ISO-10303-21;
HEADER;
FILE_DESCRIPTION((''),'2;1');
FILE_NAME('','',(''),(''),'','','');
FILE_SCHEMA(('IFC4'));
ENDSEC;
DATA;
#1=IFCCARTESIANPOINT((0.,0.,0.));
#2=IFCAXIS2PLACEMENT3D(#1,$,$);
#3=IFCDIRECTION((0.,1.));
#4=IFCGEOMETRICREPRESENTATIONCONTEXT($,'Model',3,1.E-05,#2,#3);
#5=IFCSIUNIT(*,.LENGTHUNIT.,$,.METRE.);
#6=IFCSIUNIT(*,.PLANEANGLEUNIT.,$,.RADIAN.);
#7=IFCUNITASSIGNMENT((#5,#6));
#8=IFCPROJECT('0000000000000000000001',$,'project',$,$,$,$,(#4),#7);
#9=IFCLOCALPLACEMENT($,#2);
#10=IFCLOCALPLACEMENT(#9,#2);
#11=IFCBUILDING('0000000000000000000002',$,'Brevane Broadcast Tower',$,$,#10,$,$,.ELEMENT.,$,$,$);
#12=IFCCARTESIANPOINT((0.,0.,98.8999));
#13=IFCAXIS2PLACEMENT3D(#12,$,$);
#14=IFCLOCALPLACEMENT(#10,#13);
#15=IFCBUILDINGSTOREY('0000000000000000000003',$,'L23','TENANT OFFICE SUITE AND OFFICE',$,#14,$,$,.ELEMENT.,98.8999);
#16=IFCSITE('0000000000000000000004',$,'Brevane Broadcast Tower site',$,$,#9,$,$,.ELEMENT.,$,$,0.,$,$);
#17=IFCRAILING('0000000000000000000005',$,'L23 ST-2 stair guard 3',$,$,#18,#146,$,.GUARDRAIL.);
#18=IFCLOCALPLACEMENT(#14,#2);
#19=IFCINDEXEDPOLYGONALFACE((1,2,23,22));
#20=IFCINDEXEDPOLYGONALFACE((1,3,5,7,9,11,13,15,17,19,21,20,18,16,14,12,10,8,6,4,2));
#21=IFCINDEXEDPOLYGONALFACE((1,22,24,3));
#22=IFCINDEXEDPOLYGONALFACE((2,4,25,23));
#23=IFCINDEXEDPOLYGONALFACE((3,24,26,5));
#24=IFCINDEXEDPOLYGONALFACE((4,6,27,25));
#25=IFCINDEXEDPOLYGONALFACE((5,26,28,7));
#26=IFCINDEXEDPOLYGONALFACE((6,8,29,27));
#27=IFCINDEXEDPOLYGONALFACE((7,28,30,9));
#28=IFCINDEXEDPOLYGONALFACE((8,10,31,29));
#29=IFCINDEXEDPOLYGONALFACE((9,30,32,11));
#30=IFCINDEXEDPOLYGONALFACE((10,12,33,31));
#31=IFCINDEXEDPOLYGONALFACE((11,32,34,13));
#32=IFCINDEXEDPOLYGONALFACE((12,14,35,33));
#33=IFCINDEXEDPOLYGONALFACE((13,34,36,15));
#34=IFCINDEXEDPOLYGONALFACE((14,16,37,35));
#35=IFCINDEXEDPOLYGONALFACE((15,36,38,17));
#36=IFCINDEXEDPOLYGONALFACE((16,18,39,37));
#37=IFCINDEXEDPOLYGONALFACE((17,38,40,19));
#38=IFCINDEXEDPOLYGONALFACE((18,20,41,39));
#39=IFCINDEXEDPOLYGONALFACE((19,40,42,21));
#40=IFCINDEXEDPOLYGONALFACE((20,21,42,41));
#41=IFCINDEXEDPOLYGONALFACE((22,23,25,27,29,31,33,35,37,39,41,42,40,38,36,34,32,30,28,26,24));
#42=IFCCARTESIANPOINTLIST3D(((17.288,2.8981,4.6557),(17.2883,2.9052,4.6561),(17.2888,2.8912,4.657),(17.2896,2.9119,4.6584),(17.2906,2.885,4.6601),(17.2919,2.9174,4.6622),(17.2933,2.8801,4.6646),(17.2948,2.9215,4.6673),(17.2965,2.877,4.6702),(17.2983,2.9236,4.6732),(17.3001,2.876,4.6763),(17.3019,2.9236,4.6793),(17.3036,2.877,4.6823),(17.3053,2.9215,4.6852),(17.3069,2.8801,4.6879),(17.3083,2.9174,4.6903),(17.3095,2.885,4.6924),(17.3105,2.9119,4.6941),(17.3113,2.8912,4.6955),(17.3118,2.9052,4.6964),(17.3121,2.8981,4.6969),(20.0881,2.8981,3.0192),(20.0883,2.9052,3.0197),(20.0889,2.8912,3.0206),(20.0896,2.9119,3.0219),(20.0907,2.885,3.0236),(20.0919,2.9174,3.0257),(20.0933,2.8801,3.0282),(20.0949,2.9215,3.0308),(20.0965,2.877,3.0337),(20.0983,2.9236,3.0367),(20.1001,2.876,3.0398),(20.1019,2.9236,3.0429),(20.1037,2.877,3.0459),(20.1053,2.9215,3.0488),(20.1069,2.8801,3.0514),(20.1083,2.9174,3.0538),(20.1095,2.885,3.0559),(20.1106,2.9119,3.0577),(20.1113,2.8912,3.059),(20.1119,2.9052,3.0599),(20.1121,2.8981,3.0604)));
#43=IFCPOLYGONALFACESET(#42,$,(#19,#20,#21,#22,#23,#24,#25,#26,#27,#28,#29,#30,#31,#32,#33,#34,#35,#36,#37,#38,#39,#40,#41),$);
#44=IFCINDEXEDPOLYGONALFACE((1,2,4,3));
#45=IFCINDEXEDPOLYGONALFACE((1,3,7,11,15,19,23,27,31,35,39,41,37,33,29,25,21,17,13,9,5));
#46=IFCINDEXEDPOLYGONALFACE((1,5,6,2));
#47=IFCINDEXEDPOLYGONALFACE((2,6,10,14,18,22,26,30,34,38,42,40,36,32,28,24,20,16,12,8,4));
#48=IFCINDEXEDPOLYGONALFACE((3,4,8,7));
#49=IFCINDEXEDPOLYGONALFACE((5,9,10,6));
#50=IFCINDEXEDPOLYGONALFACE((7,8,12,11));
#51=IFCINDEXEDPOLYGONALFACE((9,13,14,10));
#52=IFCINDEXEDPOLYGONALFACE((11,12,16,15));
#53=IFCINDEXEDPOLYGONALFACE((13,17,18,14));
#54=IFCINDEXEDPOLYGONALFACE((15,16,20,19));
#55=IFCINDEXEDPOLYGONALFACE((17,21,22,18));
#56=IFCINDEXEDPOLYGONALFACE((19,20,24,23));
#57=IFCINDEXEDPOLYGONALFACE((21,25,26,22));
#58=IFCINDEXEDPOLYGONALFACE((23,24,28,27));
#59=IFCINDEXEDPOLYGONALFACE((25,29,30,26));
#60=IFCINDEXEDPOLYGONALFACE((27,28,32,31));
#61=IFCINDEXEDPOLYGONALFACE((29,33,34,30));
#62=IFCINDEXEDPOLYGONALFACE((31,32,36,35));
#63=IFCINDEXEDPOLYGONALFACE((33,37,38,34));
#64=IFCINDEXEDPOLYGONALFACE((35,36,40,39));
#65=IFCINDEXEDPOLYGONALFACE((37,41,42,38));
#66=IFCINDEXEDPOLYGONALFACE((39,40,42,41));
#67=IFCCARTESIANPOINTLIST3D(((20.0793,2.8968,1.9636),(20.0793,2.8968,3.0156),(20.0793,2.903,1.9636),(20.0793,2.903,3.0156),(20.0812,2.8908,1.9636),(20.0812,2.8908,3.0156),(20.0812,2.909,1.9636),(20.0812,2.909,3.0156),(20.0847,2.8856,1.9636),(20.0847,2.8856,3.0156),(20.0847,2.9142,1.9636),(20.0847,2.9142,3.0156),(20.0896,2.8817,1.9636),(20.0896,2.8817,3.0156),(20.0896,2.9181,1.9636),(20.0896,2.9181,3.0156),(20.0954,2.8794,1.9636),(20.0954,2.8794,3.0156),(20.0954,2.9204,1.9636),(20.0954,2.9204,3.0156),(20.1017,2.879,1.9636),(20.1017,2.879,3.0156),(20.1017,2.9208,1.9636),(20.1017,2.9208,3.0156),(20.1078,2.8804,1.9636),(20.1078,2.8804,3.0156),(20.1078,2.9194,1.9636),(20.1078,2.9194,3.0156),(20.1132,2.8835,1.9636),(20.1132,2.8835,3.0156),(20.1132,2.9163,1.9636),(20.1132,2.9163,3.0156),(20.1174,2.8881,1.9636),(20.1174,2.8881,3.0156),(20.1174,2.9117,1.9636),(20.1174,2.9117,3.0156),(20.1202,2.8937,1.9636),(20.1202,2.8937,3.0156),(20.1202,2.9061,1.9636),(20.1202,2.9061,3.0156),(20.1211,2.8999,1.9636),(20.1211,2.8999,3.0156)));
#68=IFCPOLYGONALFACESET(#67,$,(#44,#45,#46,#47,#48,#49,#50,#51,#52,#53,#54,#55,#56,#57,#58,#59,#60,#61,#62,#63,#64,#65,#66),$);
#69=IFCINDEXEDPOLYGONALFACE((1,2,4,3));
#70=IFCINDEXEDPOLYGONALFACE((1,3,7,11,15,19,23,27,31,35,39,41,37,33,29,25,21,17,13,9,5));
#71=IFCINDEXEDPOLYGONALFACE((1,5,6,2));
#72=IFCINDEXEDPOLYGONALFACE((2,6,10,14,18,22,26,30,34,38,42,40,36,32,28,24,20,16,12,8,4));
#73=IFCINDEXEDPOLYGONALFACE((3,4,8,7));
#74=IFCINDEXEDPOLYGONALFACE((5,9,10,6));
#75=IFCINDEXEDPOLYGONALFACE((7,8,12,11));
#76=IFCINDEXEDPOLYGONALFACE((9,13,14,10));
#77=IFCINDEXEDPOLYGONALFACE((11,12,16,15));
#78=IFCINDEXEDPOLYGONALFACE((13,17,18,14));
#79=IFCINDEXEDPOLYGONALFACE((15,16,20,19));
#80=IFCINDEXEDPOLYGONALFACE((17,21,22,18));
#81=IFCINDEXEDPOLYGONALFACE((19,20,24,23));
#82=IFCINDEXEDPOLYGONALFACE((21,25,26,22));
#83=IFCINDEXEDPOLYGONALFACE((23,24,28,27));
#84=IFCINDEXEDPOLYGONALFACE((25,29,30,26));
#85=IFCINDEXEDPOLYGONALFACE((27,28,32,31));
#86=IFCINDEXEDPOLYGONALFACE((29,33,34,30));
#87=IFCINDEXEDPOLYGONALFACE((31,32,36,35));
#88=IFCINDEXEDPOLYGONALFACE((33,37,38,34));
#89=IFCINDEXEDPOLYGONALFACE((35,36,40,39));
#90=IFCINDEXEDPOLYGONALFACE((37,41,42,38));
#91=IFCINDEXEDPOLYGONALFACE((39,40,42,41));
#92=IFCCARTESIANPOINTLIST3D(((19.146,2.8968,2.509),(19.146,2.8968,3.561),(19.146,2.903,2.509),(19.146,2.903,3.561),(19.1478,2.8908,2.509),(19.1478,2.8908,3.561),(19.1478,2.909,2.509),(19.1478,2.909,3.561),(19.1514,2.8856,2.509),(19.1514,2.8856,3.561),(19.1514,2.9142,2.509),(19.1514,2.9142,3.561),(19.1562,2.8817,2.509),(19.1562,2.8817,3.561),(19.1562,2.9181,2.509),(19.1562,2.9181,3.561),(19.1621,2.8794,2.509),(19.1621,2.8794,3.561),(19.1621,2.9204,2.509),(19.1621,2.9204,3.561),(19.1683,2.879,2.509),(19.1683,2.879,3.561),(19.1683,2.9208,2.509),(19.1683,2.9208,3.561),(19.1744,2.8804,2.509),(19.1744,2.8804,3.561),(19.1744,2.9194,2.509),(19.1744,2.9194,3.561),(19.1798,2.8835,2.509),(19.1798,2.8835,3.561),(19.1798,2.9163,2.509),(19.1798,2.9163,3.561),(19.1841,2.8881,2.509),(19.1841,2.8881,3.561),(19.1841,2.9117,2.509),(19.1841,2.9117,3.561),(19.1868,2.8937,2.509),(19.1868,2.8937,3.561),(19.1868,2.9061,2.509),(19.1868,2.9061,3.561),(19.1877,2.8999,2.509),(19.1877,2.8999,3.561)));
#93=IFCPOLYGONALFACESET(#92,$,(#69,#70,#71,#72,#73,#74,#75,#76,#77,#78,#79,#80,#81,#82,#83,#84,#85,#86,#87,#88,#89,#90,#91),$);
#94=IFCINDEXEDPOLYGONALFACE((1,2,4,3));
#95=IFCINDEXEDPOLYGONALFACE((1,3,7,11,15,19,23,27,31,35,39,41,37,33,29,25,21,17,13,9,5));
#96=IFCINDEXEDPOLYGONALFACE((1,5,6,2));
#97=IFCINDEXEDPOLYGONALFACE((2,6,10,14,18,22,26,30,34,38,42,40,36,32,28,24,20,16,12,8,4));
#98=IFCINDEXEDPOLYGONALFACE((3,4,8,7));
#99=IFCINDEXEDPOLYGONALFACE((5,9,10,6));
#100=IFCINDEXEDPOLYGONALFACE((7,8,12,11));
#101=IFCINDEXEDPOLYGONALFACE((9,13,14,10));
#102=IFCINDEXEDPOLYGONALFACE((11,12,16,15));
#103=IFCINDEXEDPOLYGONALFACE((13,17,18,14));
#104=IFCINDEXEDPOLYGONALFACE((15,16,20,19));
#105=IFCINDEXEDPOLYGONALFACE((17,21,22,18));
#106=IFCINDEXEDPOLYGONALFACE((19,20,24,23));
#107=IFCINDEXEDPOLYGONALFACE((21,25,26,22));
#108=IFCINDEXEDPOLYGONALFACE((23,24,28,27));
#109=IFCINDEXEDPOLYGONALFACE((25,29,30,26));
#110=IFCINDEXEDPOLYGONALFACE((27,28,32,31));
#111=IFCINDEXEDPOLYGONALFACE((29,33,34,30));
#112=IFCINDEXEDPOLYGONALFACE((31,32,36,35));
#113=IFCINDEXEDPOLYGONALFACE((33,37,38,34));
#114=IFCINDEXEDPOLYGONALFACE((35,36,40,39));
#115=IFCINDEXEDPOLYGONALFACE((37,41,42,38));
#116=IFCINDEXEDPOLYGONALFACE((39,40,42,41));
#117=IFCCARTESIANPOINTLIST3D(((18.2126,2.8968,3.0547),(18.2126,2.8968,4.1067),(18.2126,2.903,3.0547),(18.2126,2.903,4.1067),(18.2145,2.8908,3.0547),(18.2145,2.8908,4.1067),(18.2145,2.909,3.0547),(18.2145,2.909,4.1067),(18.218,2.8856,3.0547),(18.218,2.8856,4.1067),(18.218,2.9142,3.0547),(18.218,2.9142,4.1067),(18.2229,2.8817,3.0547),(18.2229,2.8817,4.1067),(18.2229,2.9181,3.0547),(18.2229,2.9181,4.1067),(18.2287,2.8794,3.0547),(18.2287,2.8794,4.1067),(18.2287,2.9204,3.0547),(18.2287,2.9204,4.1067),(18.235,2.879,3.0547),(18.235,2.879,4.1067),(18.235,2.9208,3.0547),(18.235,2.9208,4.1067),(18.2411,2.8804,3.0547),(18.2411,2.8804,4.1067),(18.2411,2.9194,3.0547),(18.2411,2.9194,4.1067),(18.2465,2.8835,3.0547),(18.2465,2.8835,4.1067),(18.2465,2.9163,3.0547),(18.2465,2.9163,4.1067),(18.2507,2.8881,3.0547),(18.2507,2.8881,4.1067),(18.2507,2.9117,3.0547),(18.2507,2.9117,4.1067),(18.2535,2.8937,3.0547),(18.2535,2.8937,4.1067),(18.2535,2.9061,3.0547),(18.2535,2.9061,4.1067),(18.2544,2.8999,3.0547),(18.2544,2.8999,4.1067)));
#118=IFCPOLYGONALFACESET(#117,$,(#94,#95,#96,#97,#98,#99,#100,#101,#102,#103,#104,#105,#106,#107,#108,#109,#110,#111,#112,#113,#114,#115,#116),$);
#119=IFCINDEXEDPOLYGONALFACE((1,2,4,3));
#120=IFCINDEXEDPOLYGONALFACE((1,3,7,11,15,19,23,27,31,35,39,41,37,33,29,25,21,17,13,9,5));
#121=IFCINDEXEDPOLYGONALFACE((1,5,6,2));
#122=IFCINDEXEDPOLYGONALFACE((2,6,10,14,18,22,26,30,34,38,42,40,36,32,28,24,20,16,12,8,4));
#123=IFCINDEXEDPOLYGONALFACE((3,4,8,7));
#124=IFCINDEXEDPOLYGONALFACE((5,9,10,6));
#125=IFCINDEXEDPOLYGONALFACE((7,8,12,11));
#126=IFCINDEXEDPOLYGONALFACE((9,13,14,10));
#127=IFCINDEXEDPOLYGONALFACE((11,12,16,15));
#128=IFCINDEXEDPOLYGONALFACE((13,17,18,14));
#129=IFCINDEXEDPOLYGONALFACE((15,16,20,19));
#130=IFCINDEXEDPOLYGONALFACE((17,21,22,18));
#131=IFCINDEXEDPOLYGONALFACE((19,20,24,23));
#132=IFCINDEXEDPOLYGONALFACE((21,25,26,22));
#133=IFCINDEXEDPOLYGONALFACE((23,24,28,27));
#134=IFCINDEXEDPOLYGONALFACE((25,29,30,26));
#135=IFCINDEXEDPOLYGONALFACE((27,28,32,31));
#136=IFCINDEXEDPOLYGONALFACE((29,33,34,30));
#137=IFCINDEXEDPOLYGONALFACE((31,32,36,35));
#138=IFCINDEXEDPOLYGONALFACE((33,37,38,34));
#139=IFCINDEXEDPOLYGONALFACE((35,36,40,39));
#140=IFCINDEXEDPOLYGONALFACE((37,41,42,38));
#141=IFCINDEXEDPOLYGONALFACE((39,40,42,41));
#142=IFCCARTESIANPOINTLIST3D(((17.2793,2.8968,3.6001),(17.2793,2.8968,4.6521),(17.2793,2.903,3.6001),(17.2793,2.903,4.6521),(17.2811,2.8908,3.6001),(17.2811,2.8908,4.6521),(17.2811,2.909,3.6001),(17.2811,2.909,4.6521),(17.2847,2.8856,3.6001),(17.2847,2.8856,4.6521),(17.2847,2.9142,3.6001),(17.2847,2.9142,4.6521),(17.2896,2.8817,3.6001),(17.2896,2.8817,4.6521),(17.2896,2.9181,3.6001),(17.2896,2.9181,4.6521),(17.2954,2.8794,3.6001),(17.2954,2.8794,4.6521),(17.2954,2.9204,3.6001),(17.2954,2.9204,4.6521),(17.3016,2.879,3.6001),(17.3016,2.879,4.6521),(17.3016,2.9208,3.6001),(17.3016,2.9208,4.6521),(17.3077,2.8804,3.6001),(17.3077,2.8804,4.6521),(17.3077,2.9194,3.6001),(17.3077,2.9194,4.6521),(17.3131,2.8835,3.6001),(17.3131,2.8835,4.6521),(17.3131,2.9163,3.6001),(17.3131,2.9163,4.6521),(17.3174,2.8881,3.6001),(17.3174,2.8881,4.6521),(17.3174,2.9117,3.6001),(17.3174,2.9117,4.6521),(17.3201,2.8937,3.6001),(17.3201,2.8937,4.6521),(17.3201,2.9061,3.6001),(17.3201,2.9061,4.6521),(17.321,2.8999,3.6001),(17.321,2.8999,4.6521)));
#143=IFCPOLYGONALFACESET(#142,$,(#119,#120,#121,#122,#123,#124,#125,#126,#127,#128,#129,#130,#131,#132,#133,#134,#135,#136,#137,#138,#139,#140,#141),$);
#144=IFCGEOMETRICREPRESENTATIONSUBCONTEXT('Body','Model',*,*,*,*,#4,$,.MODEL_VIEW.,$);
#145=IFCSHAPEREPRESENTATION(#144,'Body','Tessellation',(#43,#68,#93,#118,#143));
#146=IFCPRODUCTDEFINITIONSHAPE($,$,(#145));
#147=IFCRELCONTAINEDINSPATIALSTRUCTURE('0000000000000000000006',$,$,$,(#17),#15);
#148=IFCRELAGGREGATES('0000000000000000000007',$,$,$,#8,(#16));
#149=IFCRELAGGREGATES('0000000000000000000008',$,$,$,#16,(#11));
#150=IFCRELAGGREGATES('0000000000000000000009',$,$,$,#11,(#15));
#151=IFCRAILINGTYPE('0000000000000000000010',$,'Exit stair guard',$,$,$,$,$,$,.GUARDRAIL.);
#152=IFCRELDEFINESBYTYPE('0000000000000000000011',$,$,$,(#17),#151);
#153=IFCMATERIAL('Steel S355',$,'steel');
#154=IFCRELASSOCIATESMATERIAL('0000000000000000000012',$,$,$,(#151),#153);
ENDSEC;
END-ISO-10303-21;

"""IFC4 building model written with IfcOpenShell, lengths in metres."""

from ifc_helpers import new_model, si_unit, direction, frame, origin, origin_2d, place, context, subcontext, project, spatial, circle, extrude, material, type_object, element, save


model = new_model("IFC4")

# Units and contexts
model_context = context("Model", 3, precision=1e-05, world=origin(), true_north=direction((0.0, 1.0)))
body_context = subcontext(model_context, "Body", "Model", "MODEL_VIEW")
ifc_project = project(units=[si_unit("LENGTHUNIT", "METRE"), si_unit("PLANEANGLEUNIT", "RADIAN")], contexts=[model_context])

# Site, building, storey
site_placement = place(None, origin())
site = spatial("IfcSite", under=ifc_project, at=site_placement, Name="Brevane Broadcast Tower site", CompositionType="ELEMENT", RefElevation=0.0)
building_placement = place(site_placement, origin())
building = spatial("IfcBuilding", under=site, at=building_placement, Name="Brevane Broadcast Tower", CompositionType="ELEMENT")
storey_placement = place(building_placement, frame((0.0, 0.0, 98.8999)))
storey = spatial("IfcBuildingStorey", under=building, at=storey_placement, Name="L23", Description="TENANT OFFICE SUITE AND OFFICE", CompositionType="ELEMENT", Elevation=98.8999)

# Railing
ifc_material_1 = material(Name="Steel S355", Category="steel")
railing_type_1 = type_object("IfcRailingType", Name="Exit stair guard", PredefinedType="GUARDRAIL", material=ifc_material_1)
railing_1_placement = place(storey_placement, frame((20.1001, 2.8999, 1.9636)))
element("IfcRailing", 1, at=railing_1_placement, inside=storey, type_object=railing_type_1, Name="L23 ST-2 stair guard 3", PredefinedType="GUARDRAIL", context=body_context, shape_type="SweptSolid", body=[
    extrude(circle(Radius=0.0239, at=origin_2d()), frame((0.0, 0.0, 1.0762), z_axis=(-0.863361, 0.0, 0.504587), x_axis=(0.0, -1.0, 0.0)), (0.0, 0.0, 1.0), 3.2432),
    extrude(circle(Radius=0.021, at=origin_2d()), origin(), (0.0, 0.0, 1.0), 1.052),
    extrude(circle(Radius=0.021, at=origin_2d()), frame((-0.9333, 0.0, 0.5454)), (0.0, 0.0, 1.0), 1.052),
    extrude(circle(Radius=0.021, at=origin_2d()), frame((-1.8667, 0.0, 1.0911)), (0.0, 0.0, 1.0), 1.052),
    extrude(circle(Radius=0.021, at=origin_2d()), frame((-2.8, 0.0, 1.6365)), (0.0, 0.0, 1.0), 1.052),
])

save(model, "model.ifc")
